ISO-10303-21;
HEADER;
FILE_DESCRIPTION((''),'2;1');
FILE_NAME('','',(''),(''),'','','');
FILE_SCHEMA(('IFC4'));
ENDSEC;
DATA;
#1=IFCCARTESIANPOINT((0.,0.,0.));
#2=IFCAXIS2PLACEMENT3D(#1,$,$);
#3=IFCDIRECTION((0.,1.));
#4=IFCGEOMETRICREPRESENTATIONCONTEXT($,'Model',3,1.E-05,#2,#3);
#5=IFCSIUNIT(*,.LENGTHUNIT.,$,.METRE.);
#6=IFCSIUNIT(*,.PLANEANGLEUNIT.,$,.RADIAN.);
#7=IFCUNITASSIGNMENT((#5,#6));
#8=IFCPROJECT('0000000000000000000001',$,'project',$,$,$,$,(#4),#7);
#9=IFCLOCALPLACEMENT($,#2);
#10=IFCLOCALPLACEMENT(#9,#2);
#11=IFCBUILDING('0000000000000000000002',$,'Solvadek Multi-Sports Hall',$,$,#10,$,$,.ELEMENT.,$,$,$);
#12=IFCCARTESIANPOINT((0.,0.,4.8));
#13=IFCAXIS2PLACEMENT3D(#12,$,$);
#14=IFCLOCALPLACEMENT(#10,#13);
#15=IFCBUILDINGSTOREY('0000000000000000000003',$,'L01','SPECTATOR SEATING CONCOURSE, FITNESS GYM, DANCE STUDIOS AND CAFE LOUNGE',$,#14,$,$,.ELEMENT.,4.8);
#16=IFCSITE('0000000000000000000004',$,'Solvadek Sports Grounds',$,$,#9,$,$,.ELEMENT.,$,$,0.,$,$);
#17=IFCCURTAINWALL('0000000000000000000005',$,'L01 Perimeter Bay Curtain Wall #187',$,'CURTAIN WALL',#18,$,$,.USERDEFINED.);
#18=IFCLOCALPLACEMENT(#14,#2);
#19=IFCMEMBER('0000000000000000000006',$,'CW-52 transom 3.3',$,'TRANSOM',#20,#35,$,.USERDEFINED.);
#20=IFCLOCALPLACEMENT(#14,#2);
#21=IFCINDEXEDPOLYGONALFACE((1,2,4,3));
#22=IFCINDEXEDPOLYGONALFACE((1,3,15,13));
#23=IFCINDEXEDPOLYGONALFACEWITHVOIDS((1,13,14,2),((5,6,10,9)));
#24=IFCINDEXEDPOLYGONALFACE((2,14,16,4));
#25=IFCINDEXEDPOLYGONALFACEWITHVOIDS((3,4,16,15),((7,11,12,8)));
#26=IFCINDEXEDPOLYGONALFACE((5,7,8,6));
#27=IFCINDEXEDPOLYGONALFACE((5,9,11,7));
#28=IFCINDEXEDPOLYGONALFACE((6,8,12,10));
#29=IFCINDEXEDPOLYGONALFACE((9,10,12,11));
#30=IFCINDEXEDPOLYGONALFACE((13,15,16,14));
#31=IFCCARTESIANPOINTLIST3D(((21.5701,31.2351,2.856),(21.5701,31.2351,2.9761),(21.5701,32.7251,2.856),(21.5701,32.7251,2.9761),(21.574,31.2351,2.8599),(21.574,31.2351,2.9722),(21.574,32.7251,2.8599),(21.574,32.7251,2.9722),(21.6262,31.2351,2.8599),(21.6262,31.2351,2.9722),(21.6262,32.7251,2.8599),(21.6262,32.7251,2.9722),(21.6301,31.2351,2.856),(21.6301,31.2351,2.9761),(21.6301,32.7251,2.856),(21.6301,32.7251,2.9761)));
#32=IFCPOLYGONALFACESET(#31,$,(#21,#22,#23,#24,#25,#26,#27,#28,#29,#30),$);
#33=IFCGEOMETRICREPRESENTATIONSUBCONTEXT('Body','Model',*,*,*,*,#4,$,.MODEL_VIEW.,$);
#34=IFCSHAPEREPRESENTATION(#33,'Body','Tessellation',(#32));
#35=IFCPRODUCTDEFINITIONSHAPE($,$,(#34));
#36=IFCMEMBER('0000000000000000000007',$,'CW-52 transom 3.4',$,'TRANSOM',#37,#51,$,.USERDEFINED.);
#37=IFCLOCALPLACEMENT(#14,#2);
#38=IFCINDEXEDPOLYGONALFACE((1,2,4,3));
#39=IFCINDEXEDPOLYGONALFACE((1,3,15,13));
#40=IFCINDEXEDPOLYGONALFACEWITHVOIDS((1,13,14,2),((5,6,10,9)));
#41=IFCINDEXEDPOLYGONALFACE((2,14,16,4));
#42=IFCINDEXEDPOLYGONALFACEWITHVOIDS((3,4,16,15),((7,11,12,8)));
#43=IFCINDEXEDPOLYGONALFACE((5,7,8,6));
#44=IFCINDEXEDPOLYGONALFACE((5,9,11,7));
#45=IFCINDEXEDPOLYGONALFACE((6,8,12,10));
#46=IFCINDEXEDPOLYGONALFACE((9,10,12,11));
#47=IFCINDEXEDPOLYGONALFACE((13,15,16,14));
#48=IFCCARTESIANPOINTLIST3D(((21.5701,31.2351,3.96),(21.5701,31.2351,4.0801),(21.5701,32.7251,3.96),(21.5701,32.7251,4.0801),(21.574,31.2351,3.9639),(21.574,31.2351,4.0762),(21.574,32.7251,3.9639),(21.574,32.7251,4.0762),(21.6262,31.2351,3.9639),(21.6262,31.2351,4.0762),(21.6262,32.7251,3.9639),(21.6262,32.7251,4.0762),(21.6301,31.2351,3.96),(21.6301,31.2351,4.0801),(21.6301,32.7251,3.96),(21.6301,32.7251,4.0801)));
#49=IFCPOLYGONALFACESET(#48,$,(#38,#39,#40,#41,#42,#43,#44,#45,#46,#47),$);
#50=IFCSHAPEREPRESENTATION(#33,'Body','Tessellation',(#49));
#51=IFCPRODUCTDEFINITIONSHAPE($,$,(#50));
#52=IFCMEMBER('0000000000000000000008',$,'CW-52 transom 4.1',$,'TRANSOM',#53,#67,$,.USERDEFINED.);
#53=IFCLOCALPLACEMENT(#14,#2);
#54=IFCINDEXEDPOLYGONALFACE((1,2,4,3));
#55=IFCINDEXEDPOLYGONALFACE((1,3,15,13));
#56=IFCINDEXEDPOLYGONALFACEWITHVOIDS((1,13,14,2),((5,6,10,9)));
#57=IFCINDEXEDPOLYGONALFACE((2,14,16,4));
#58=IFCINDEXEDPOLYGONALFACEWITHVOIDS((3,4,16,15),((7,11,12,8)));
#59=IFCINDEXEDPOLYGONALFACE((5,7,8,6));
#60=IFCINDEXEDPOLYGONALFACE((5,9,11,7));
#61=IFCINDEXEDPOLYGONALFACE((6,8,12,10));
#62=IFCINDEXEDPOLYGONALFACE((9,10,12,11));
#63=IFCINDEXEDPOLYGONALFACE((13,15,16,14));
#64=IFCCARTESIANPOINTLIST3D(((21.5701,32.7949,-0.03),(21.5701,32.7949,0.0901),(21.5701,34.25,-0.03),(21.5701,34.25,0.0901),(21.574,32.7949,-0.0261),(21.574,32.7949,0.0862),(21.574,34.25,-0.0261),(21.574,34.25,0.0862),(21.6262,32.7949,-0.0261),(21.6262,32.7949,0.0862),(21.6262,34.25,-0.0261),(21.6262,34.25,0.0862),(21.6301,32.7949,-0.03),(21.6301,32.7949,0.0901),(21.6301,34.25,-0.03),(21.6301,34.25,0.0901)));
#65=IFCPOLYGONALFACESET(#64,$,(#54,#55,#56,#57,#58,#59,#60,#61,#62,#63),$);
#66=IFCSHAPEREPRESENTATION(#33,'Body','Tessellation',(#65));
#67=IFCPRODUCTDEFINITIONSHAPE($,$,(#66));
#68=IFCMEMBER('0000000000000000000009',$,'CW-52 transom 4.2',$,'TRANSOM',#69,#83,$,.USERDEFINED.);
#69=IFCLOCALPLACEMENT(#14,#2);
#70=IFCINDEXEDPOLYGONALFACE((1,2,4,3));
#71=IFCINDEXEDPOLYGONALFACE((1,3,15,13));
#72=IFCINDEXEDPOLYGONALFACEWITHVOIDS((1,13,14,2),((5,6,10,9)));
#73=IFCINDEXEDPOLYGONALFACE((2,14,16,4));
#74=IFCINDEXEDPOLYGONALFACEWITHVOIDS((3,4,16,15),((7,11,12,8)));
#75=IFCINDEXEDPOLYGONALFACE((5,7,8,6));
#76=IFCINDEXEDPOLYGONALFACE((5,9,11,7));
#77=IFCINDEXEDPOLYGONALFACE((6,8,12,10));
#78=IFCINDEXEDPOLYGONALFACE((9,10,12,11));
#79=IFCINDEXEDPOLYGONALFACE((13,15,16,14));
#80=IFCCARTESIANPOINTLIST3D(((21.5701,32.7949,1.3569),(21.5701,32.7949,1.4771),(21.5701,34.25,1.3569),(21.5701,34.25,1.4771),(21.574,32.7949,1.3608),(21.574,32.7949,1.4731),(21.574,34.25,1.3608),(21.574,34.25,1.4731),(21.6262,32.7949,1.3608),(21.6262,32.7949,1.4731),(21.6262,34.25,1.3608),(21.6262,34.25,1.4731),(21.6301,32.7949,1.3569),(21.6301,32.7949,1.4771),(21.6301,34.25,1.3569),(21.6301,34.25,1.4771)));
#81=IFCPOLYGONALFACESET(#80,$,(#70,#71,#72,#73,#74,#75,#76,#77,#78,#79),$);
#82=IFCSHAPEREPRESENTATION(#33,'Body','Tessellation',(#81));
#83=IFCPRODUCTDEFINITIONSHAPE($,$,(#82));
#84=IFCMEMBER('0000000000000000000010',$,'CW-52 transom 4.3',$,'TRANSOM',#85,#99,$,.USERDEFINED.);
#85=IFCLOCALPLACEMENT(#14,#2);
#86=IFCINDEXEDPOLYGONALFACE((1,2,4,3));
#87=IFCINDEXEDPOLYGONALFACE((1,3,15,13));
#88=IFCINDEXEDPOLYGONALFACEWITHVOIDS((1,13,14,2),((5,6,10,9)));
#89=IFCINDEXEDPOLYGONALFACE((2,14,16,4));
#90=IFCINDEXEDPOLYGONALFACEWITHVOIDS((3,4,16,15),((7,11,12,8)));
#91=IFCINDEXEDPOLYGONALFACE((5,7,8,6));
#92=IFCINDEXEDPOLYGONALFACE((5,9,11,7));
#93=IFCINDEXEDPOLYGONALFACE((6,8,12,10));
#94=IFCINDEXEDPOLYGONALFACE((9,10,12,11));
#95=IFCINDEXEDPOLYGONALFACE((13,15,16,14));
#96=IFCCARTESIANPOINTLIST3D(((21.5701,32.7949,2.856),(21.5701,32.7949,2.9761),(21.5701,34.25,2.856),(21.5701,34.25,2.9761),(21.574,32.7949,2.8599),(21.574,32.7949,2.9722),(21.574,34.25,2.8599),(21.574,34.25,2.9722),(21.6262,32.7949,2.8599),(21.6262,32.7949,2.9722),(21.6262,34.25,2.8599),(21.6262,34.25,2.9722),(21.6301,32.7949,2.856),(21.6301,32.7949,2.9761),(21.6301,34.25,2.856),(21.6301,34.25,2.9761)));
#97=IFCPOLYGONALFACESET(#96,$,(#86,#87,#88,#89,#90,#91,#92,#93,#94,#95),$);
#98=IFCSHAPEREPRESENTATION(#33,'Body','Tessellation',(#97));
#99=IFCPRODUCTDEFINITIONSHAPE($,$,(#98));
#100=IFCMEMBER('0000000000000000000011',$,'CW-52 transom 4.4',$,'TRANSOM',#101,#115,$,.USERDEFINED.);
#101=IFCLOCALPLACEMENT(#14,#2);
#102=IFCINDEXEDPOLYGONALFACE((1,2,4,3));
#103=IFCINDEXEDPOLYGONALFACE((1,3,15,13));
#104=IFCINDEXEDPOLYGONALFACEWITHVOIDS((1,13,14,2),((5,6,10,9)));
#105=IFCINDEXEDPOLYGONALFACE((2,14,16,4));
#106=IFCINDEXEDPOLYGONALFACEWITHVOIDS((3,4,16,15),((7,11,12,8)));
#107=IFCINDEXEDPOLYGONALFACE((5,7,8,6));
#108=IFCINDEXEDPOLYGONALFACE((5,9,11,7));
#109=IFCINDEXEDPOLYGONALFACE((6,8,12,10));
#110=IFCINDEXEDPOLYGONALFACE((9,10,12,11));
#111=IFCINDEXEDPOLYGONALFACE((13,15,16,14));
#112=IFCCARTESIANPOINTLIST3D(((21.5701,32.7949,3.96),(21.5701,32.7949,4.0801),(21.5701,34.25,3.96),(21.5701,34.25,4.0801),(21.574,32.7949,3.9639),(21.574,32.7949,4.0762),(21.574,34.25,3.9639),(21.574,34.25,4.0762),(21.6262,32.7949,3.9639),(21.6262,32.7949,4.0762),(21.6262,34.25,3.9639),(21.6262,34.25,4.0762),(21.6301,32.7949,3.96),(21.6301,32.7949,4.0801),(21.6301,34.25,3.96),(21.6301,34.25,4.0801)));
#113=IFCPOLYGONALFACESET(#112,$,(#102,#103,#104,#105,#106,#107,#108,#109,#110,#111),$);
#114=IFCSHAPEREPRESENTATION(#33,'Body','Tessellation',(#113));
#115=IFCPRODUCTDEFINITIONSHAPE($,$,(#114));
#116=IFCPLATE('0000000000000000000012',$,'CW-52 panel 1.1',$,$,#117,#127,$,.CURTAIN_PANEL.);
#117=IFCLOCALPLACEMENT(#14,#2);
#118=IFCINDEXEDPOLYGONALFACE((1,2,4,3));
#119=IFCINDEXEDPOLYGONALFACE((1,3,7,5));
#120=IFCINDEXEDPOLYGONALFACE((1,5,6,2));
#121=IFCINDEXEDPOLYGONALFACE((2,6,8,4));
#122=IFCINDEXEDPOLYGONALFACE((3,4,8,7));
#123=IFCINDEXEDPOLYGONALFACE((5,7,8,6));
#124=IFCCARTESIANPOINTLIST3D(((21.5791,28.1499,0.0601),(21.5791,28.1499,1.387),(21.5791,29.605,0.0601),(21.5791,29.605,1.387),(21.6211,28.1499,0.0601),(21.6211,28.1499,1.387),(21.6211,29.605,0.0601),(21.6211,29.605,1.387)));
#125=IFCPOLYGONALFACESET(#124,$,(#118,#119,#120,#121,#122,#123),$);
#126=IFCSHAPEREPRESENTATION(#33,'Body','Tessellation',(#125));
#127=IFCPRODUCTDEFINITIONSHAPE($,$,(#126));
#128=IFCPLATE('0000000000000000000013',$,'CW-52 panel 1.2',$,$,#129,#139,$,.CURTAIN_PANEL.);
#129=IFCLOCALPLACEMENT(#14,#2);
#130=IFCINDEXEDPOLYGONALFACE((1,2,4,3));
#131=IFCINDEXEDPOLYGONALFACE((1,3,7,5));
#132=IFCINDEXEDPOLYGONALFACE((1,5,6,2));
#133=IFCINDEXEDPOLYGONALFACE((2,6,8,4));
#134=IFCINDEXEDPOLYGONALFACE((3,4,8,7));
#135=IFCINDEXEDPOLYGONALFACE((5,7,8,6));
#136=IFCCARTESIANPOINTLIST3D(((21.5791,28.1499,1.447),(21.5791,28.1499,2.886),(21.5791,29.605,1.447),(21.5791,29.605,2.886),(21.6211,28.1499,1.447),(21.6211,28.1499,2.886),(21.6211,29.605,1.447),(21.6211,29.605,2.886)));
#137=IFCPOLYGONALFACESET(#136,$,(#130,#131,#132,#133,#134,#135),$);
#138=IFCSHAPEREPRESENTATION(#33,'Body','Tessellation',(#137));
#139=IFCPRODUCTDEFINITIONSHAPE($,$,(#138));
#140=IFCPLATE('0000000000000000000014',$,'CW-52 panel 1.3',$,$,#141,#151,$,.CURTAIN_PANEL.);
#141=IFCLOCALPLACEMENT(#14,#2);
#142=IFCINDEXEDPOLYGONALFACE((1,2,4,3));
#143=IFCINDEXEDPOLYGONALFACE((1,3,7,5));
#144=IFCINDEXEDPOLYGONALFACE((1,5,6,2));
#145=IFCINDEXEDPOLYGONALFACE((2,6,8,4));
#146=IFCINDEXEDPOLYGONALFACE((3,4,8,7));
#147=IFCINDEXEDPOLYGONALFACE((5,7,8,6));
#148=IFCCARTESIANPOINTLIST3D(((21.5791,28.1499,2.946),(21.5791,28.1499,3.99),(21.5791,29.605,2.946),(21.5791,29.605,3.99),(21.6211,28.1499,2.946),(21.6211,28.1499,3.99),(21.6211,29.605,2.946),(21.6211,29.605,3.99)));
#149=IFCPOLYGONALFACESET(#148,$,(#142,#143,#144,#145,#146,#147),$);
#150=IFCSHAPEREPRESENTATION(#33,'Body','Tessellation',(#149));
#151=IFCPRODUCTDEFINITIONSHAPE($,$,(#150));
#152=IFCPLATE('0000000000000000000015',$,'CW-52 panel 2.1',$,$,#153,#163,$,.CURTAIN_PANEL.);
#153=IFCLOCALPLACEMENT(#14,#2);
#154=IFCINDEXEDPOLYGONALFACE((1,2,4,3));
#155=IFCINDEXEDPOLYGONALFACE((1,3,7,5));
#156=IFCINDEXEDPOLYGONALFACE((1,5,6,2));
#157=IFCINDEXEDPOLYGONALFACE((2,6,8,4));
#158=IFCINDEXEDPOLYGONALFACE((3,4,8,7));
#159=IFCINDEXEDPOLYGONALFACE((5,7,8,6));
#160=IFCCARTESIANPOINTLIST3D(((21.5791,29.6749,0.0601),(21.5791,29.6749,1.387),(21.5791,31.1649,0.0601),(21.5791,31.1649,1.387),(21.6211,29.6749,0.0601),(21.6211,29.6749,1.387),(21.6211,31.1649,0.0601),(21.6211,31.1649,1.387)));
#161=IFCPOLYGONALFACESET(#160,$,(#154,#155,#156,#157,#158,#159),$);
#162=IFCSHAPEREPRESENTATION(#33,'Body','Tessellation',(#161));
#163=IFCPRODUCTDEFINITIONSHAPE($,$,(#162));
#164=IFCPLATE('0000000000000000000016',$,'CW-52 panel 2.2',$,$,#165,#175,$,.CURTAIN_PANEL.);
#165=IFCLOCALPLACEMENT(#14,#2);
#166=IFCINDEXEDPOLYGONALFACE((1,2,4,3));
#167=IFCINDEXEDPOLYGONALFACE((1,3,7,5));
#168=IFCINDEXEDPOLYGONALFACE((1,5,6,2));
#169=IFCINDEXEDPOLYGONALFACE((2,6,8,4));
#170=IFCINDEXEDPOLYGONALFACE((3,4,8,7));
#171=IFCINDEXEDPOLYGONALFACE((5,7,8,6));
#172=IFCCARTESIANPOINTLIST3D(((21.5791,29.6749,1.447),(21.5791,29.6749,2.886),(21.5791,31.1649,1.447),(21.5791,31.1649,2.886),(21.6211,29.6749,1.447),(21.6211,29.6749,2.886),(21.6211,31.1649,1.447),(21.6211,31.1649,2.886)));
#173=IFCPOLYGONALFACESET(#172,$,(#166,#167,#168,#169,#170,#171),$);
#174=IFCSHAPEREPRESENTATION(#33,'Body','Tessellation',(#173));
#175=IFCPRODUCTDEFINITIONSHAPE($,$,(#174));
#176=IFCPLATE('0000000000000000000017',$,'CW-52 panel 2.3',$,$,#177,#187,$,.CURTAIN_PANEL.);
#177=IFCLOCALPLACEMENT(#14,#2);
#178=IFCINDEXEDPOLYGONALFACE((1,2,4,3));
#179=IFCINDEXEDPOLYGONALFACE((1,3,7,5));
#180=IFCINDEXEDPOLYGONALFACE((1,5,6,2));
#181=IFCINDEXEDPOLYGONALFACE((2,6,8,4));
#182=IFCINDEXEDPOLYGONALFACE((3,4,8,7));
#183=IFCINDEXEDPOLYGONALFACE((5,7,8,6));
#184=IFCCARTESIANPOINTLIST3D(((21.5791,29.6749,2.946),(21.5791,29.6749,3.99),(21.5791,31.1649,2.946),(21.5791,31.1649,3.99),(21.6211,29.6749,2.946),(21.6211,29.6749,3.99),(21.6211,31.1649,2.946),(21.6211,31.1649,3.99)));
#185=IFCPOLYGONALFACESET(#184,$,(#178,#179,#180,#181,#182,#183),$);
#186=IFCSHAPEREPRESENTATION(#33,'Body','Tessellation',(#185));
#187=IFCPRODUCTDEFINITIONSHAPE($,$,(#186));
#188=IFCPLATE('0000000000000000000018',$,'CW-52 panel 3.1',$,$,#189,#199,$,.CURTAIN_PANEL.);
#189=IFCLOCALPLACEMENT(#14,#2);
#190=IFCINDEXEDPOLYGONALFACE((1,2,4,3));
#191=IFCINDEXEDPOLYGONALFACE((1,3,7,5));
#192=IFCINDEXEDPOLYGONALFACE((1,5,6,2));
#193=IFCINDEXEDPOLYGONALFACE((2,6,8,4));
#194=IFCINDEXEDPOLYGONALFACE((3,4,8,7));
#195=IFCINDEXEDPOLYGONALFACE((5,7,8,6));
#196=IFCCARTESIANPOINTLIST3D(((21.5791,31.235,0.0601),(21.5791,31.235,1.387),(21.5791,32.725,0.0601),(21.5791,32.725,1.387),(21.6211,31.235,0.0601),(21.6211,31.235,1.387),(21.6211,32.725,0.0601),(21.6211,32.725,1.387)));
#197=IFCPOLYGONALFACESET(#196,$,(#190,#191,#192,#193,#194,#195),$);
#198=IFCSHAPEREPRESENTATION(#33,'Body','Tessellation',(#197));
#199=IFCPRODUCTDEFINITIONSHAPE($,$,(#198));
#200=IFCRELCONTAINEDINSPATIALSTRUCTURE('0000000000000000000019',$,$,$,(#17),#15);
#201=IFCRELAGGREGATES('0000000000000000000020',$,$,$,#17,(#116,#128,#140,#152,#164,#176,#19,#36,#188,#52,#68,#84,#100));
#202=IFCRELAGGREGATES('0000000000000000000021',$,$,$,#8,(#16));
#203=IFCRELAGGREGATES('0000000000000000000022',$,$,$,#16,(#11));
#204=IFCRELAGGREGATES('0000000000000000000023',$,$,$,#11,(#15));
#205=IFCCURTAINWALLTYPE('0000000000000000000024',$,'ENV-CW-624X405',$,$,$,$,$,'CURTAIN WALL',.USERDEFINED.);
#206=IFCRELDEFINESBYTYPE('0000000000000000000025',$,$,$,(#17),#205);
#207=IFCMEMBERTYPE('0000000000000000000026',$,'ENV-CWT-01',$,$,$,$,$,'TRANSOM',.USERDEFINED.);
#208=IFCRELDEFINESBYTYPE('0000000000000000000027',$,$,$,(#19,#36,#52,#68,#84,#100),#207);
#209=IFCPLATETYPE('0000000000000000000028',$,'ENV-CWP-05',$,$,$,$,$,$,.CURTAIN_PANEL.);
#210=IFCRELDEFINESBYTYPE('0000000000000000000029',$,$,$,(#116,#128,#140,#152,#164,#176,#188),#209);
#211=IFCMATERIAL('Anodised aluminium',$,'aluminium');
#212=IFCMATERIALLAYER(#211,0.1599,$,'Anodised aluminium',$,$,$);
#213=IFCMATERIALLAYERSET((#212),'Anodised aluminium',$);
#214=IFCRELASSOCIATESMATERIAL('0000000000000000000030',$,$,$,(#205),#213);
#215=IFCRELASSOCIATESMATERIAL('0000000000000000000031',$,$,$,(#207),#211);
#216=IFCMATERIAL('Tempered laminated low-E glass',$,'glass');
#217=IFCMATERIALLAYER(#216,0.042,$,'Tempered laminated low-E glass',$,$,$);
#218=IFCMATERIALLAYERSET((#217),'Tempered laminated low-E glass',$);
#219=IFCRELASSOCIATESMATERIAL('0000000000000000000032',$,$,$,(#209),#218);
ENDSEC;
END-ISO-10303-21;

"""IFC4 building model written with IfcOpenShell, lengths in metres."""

from ifc_helpers import new_model, si_unit, direction, frame, origin, origin_2d, place, context, subcontext, project, spatial, rectangle, hollow_rectangle, extrude, material, layer, layer_set, material_profile, profile_set, type_object, element, aggregate, save


model = new_model("IFC4")

# Units and contexts
model_context = context("Model", 3, precision=1e-05, world=origin(), true_north=direction((0.0, 1.0)))
body_context = subcontext(model_context, "Body", "Model", "MODEL_VIEW")
ifc_project = project(units=[si_unit("LENGTHUNIT", "METRE"), si_unit("PLANEANGLEUNIT", "RADIAN")], contexts=[model_context])

# Site, building, storey
site_placement = place(None, origin())
site = spatial("IfcSite", under=ifc_project, at=site_placement, Name="Solvadek Sports Grounds", CompositionType="ELEMENT", RefElevation=0.0)
building_placement = place(site_placement, origin())
building = spatial("IfcBuilding", under=site, at=building_placement, Name="Solvadek Multi-Sports Hall", CompositionType="ELEMENT")
storey_placement = place(building_placement, frame((0.0, 0.0, 4.8)))
storey = spatial("IfcBuildingStorey", under=building, at=storey_placement, Name="L01", Description="SPECTATOR SEATING CONCOURSE, FITNESS GYM, DANCE STUDIOS AND CAFE LOUNGE", CompositionType="ELEMENT", Elevation=4.8)

# Curtain wall, members, plates
ifc_material_1 = material(Name="Anodised aluminium", Category="aluminium")
ifc_layer_1 = layer(ifc_material_1, 0.1599, Name="Anodised aluminium")
ifc_layer_set_1 = layer_set([ifc_layer_1], Name="Anodised aluminium")
curtain_wall_type = type_object("IfcCurtainWallType", Name="ENV-CW-624X405", ElementType="CURTAIN WALL", PredefinedType="USERDEFINED", material=ifc_layer_set_1)
curtain_wall_placement = place(storey_placement, origin())
curtain_wall = element("IfcCurtainWall", 1, at=curtain_wall_placement, inside=storey, type_object=curtain_wall_type, Name="L01 Perimeter Bay Curtain Wall #187", ObjectType="CURTAIN WALL", PredefinedType="USERDEFINED")
ifc_material_profile_1 = material_profile(ifc_material_1, hollow_rectangle(XDim=0.0601, YDim=0.1201, WallThickness=0.0039, at=origin_2d()), Name="ALU-T 120x60x4")
ifc_profile_set_1 = profile_set([ifc_material_profile_1], Name="Anodised aluminium")
member_type_1 = type_object("IfcMemberType", Name="ENV-CWT-01", ElementType="TRANSOM", PredefinedType="USERDEFINED", material=ifc_profile_set_1)
member_1_placement = place(storey_placement, frame((21.6001, 31.2351, 2.916), z_axis=(0.0, 1.0, 0.0), x_axis=(-1.0, 0.0, 0.0)))
member_1 = element("IfcMember", 2, at=member_1_placement, type_object=member_type_1, Name="CW-52 transom 3.3", ObjectType="TRANSOM", PredefinedType="USERDEFINED", context=body_context, shape_type="SweptSolid", body=[
    extrude(hollow_rectangle(XDim=0.0601, YDim=0.1201, WallThickness=0.0039, at=origin_2d()), origin(), (0.0, 0.0, 1.0), 1.49),
])
member_2_placement = place(storey_placement, frame((21.6001, 31.2351, 4.02), z_axis=(0.0, 1.0, 0.0), x_axis=(-1.0, 0.0, 0.0)))
member_2 = element("IfcMember", 3, at=member_2_placement, type_object=member_type_1, Name="CW-52 transom 3.4", ObjectType="TRANSOM", PredefinedType="USERDEFINED", context=body_context, shape_type="SweptSolid", body=[
    extrude(hollow_rectangle(XDim=0.0601, YDim=0.1201, WallThickness=0.0039, at=origin_2d()), origin(), (0.0, 0.0, 1.0), 1.49),
])
member_3_placement = place(storey_placement, frame((21.6001, 32.7949, 0.03), z_axis=(0.0, 1.0, 0.0), x_axis=(-1.0, 0.0, 0.0)))
member_3 = element("IfcMember", 4, at=member_3_placement, type_object=member_type_1, Name="CW-52 transom 4.1", ObjectType="TRANSOM", PredefinedType="USERDEFINED", context=body_context, shape_type="SweptSolid", body=[
    extrude(hollow_rectangle(XDim=0.0601, YDim=0.1201, WallThickness=0.0039, at=origin_2d()), origin(), (0.0, 0.0, 1.0), 1.4551),
])
member_4_placement = place(storey_placement, frame((21.6001, 32.7949, 1.417), z_axis=(0.0, 1.0, 0.0), x_axis=(-1.0, 0.0, 0.0)))
member_4 = element("IfcMember", 5, at=member_4_placement, type_object=member_type_1, Name="CW-52 transom 4.2", ObjectType="TRANSOM", PredefinedType="USERDEFINED", context=body_context, shape_type="SweptSolid", body=[
    extrude(hollow_rectangle(XDim=0.0601, YDim=0.1201, WallThickness=0.0039, at=origin_2d()), origin(), (0.0, 0.0, 1.0), 1.4551),
])
member_5_placement = place(storey_placement, frame((21.6001, 32.7949, 2.916), z_axis=(0.0, 1.0, 0.0), x_axis=(-1.0, 0.0, 0.0)))
member_5 = element("IfcMember", 6, at=member_5_placement, type_object=member_type_1, Name="CW-52 transom 4.3", ObjectType="TRANSOM", PredefinedType="USERDEFINED", context=body_context, shape_type="SweptSolid", body=[
    extrude(hollow_rectangle(XDim=0.0601, YDim=0.1201, WallThickness=0.0039, at=origin_2d()), origin(), (0.0, 0.0, 1.0), 1.4551),
])
member_6_placement = place(storey_placement, frame((21.6001, 32.7949, 4.02), z_axis=(0.0, 1.0, 0.0), x_axis=(-1.0, 0.0, 0.0)))
member_6 = element("IfcMember", 7, at=member_6_placement, type_object=member_type_1, Name="CW-52 transom 4.4", ObjectType="TRANSOM", PredefinedType="USERDEFINED", context=body_context, shape_type="SweptSolid", body=[
    extrude(hollow_rectangle(XDim=0.0601, YDim=0.1201, WallThickness=0.0039, at=origin_2d()), origin(), (0.0, 0.0, 1.0), 1.4551),
])
ifc_material_2 = material(Name="Tempered laminated low-E glass", Category="glass")
ifc_layer_2 = layer(ifc_material_2, 0.042, Name="Tempered laminated low-E glass")
ifc_layer_set_2 = layer_set([ifc_layer_2], Name="Tempered laminated low-E glass")
plate_type = type_object("IfcPlateType", Name="ENV-CWP-05", PredefinedType="CURTAIN_PANEL", material=ifc_layer_set_2)
plate_1_placement = place(storey_placement, frame((21.6001, 28.8774, 0.0601), z_axis=(0.0, 0.0, 1.0), x_axis=(0.0, 1.0, 0.0)))
plate_1 = element("IfcPlate", 8, at=plate_1_placement, type_object=plate_type, Name="CW-52 panel 1.1", PredefinedType="CURTAIN_PANEL", context=body_context, shape_type="SweptSolid", body=[
    extrude(rectangle(XDim=1.4551, YDim=0.042, at=origin_2d()), origin(), (0.0, 0.0, 1.0), 1.3269),
])
plate_2_placement = place(storey_placement, frame((21.6001, 28.8774, 1.447), z_axis=(0.0, 0.0, 1.0), x_axis=(0.0, 1.0, 0.0)))
plate_2 = element("IfcPlate", 9, at=plate_2_placement, type_object=plate_type, Name="CW-52 panel 1.2", PredefinedType="CURTAIN_PANEL", context=body_context, shape_type="SweptSolid", body=[
    extrude(rectangle(XDim=1.4551, YDim=0.042, at=origin_2d()), origin(), (0.0, 0.0, 1.0), 1.439),
])
plate_3_placement = place(storey_placement, frame((21.6001, 28.8774, 2.946), z_axis=(0.0, 0.0, 1.0), x_axis=(0.0, 1.0, 0.0)))
plate_3 = element("IfcPlate", 10, at=plate_3_placement, type_object=plate_type, Name="CW-52 panel 1.3", PredefinedType="CURTAIN_PANEL", context=body_context, shape_type="SweptSolid", body=[
    extrude(rectangle(XDim=1.4551, YDim=0.042, at=origin_2d()), origin(), (0.0, 0.0, 1.0), 1.0439),
])
plate_4_placement = place(storey_placement, frame((21.6001, 30.4199, 0.0601), z_axis=(0.0, 0.0, 1.0), x_axis=(0.0, 1.0, 0.0)))
plate_4 = element("IfcPlate", 11, at=plate_4_placement, type_object=plate_type, Name="CW-52 panel 2.1", PredefinedType="CURTAIN_PANEL", context=body_context, shape_type="SweptSolid", body=[
    extrude(rectangle(XDim=1.49, YDim=0.042, at=origin_2d()), origin(), (0.0, 0.0, 1.0), 1.3269),
])
plate_5_placement = place(storey_placement, frame((21.6001, 30.4199, 1.447), z_axis=(0.0, 0.0, 1.0), x_axis=(0.0, 1.0, 0.0)))
plate_5 = element("IfcPlate", 12, at=plate_5_placement, type_object=plate_type, Name="CW-52 panel 2.2", PredefinedType="CURTAIN_PANEL", context=body_context, shape_type="SweptSolid", body=[
    extrude(rectangle(XDim=1.49, YDim=0.042, at=origin_2d()), origin(), (0.0, 0.0, 1.0), 1.439),
])
plate_6_placement = place(storey_placement, frame((21.6001, 30.4199, 2.946), z_axis=(0.0, 0.0, 1.0), x_axis=(0.0, 1.0, 0.0)))
plate_6 = element("IfcPlate", 13, at=plate_6_placement, type_object=plate_type, Name="CW-52 panel 2.3", PredefinedType="CURTAIN_PANEL", context=body_context, shape_type="SweptSolid", body=[
    extrude(rectangle(XDim=1.49, YDim=0.042, at=origin_2d()), origin(), (0.0, 0.0, 1.0), 1.0439),
])
plate_7_placement = place(storey_placement, frame((21.6001, 31.98, 0.0601), z_axis=(0.0, 0.0, 1.0), x_axis=(0.0, 1.0, 0.0)))
plate_7 = element("IfcPlate", 14, at=plate_7_placement, type_object=plate_type, Name="CW-52 panel 3.1", PredefinedType="CURTAIN_PANEL", context=body_context, shape_type="SweptSolid", body=[
    extrude(rectangle(XDim=1.49, YDim=0.042, at=origin_2d()), origin(), (0.0, 0.0, 1.0), 1.3269),
])
aggregate(curtain_wall, [plate_1, plate_2, plate_3, plate_4, plate_5, plate_6, member_1, member_2, plate_7, member_3, member_4, member_5, member_6])

save(model, "model.ifc")
